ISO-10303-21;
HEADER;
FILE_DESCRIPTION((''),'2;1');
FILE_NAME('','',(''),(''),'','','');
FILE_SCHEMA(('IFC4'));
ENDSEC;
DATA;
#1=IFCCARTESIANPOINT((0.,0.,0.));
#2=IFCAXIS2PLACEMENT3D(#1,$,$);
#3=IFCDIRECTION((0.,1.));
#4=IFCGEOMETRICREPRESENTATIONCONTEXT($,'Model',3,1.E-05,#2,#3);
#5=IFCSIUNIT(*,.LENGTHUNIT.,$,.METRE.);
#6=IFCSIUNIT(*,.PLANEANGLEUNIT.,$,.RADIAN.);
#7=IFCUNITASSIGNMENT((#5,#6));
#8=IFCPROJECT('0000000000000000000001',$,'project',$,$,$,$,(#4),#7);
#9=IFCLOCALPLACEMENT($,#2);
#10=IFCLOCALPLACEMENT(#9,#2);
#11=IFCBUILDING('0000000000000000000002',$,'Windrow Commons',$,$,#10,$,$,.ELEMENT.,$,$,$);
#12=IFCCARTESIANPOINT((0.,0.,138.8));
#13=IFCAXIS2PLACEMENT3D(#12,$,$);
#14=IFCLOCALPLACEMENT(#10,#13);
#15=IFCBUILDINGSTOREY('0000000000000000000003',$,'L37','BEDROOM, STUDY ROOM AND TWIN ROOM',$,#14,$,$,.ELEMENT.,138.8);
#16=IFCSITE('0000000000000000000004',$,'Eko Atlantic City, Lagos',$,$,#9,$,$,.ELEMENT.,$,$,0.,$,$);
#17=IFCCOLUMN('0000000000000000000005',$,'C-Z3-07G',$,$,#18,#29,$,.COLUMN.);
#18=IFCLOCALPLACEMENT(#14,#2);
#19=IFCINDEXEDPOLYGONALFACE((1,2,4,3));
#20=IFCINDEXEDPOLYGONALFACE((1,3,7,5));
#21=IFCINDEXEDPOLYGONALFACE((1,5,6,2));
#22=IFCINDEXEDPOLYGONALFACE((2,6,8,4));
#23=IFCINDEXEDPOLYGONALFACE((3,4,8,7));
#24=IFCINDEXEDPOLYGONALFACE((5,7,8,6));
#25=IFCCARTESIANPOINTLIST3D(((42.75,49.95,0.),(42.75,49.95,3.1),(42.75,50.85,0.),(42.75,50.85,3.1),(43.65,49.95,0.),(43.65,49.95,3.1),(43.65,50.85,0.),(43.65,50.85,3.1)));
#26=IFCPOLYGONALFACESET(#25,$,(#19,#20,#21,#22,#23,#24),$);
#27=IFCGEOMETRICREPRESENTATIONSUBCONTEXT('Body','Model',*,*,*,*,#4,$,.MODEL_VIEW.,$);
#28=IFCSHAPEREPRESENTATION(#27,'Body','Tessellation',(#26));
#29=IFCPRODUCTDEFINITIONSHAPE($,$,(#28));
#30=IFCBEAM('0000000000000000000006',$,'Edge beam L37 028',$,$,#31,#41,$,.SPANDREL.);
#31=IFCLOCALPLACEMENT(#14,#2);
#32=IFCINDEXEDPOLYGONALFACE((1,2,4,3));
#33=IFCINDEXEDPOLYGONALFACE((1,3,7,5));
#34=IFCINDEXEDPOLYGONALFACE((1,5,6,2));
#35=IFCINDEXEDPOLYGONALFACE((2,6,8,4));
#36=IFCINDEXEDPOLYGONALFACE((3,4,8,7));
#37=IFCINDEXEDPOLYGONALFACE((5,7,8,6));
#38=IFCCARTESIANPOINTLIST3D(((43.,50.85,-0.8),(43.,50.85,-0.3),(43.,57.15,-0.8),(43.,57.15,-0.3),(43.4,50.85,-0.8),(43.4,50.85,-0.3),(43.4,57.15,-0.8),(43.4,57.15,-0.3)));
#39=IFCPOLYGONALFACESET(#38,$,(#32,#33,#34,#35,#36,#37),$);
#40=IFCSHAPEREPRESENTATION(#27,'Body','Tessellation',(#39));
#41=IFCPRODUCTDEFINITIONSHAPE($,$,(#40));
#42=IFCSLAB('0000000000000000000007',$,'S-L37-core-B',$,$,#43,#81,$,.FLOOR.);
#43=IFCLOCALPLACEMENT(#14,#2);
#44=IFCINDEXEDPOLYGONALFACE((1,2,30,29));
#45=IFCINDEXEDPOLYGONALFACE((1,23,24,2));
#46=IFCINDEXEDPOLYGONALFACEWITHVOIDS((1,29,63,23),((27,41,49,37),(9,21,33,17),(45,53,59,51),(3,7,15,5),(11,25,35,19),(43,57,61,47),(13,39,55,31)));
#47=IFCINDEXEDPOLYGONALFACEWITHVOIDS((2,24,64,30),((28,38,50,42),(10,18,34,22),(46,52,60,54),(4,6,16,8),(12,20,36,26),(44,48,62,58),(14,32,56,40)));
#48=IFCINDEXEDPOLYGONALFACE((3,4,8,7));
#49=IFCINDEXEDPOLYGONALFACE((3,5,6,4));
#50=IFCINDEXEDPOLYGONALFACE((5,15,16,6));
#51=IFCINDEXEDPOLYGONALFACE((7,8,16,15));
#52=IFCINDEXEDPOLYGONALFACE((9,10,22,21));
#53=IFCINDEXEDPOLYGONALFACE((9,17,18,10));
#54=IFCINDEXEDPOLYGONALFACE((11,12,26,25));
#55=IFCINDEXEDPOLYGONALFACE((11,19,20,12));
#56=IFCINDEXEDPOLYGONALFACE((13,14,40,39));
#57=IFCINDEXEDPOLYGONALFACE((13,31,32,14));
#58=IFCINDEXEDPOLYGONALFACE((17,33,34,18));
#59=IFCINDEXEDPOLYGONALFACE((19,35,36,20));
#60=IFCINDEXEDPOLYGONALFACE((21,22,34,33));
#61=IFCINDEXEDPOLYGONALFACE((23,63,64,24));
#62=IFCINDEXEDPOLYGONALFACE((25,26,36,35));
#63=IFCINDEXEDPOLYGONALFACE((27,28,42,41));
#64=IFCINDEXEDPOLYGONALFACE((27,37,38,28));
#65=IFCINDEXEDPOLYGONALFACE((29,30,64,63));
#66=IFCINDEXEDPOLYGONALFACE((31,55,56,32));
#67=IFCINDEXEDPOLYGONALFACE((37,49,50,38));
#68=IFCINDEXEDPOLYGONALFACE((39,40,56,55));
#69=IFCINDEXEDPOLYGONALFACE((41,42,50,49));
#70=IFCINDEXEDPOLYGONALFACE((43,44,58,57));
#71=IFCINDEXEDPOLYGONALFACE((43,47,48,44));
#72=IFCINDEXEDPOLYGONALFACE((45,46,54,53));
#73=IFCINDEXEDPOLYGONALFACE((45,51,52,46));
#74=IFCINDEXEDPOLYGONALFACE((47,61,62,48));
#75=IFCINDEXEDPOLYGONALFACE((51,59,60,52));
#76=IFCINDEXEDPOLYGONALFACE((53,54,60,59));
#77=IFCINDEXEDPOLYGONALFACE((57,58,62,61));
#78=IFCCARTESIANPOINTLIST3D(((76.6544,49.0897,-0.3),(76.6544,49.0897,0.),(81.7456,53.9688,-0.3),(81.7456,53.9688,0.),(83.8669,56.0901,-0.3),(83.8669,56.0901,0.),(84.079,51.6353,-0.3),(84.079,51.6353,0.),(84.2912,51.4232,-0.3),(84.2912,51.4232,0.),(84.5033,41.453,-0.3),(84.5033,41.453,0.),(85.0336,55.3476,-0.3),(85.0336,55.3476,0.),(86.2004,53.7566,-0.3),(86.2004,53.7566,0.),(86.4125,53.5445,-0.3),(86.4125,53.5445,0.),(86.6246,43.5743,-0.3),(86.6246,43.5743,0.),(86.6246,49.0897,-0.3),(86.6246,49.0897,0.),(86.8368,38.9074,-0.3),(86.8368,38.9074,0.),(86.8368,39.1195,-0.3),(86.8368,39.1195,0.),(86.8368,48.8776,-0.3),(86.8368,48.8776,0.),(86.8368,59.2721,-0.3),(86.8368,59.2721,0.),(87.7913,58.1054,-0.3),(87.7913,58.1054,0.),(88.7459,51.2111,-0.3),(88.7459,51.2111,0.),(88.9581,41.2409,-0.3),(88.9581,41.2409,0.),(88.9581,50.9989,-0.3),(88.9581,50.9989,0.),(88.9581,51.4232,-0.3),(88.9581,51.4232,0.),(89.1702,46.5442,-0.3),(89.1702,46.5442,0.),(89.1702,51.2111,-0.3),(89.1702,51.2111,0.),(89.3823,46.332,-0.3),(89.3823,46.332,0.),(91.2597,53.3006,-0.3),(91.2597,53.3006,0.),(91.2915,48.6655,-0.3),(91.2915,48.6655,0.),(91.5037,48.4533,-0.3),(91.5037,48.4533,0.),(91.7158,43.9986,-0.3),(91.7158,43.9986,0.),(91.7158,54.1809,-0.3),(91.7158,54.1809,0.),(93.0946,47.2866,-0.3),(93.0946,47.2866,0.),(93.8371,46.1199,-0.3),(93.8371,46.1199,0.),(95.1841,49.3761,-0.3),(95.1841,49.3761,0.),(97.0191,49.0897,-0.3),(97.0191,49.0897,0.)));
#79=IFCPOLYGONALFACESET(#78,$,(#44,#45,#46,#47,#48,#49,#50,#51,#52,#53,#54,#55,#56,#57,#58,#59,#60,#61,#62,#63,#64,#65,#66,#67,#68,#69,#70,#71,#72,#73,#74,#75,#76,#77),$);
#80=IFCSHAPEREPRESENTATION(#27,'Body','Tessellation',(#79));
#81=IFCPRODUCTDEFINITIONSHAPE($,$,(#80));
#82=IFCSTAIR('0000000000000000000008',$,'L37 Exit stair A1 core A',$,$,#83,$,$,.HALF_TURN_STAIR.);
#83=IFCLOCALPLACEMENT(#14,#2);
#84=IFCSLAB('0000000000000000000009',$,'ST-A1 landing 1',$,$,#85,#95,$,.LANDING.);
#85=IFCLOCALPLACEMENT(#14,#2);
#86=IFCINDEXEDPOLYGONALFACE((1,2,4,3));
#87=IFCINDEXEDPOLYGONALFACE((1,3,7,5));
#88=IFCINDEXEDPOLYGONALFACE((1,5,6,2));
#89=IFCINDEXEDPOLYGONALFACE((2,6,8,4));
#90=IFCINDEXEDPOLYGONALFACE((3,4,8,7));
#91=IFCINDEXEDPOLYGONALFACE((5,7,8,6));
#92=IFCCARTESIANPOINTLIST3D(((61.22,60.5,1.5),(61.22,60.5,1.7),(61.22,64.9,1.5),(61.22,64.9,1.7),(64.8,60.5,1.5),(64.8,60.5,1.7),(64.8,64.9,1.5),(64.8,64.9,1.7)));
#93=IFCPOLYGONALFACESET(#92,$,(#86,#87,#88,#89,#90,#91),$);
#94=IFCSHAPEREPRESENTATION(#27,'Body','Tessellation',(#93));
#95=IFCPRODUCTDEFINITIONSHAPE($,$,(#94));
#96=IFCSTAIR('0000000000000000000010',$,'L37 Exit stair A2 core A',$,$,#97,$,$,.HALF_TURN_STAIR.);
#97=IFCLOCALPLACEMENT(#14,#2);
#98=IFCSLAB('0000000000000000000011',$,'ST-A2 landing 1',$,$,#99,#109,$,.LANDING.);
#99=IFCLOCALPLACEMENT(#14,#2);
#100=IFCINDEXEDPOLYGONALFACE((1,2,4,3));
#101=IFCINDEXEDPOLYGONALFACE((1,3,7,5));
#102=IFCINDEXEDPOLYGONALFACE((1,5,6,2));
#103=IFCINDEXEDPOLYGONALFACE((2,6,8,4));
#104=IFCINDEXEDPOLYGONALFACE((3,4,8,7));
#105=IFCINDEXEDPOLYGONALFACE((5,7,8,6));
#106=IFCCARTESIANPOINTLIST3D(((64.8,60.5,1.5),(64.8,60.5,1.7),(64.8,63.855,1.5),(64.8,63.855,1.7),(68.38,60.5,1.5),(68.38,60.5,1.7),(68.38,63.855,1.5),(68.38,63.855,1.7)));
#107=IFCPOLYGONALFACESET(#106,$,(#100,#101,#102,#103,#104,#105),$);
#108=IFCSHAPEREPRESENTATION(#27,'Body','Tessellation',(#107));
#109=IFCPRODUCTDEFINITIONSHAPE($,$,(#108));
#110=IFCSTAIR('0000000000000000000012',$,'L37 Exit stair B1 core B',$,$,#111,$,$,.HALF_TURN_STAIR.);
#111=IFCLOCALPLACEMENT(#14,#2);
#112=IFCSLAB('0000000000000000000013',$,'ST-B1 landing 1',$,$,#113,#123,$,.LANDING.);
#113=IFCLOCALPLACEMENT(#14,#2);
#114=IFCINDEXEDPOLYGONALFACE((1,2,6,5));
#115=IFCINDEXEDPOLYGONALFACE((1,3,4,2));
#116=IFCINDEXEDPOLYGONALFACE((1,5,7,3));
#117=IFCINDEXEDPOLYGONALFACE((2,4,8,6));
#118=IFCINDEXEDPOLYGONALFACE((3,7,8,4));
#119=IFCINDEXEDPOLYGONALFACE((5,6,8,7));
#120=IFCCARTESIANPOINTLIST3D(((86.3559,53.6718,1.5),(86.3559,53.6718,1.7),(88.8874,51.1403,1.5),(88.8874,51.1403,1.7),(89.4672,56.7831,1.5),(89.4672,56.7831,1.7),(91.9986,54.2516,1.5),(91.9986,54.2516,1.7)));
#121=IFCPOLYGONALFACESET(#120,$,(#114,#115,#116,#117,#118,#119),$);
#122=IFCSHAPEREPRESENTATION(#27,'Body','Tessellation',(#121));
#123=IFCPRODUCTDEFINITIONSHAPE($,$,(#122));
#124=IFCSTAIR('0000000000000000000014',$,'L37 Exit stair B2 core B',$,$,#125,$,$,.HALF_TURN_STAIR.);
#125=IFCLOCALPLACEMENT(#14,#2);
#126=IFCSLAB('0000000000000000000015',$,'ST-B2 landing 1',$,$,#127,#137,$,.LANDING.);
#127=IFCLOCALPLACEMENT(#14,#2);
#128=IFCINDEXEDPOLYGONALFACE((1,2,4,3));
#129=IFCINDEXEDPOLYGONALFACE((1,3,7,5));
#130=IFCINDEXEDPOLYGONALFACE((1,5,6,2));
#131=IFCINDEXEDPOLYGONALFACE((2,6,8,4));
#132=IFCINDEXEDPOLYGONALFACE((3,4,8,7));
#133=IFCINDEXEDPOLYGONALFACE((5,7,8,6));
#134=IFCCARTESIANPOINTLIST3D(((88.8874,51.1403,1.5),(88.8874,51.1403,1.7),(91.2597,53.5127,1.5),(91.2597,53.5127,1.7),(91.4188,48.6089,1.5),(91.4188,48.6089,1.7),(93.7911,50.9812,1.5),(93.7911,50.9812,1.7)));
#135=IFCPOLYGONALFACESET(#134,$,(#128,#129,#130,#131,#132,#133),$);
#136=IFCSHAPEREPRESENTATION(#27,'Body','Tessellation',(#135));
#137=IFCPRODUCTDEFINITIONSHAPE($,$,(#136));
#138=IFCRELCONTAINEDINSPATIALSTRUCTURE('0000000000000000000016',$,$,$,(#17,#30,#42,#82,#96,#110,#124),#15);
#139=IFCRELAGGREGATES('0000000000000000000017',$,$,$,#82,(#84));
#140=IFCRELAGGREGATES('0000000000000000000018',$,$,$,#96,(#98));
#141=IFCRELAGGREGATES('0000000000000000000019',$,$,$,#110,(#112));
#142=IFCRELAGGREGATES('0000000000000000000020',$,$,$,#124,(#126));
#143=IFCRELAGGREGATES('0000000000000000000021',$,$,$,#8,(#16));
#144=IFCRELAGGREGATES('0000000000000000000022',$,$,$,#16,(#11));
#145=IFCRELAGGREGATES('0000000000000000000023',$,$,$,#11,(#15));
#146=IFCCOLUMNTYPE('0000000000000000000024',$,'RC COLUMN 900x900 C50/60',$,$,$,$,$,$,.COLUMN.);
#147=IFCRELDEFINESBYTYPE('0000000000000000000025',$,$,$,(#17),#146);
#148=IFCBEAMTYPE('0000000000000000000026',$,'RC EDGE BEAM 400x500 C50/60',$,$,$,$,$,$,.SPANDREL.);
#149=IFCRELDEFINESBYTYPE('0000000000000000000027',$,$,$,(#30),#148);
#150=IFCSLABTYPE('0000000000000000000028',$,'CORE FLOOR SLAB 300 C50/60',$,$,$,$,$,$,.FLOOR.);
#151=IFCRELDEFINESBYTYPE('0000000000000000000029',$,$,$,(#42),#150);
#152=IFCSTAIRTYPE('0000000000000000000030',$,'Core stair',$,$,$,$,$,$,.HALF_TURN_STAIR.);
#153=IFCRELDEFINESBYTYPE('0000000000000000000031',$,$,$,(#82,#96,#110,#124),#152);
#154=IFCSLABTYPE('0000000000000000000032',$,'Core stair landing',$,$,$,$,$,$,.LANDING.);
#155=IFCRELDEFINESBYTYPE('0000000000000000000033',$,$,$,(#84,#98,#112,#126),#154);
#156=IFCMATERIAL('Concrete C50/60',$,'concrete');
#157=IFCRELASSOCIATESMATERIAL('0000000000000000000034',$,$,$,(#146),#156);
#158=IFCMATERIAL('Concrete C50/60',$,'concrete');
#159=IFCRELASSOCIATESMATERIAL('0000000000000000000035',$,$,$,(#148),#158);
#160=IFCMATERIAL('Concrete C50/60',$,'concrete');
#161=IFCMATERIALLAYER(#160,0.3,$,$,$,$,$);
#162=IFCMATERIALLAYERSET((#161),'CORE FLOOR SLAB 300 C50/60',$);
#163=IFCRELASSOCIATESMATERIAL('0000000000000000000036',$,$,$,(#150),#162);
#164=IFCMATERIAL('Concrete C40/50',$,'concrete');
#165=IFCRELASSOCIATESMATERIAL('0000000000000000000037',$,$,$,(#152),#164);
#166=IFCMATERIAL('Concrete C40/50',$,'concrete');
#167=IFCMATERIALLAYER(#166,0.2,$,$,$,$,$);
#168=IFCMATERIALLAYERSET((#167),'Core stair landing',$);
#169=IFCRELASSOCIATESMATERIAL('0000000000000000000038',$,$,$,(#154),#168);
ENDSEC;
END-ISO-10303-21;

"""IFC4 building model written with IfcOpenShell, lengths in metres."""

from ifc_helpers import new_model, si_unit, direction, frame, origin, origin_2d, place, context, subcontext, project, spatial, polyline, rectangle, outline, extrude, material, layer, layer_set, material_profile, profile_set, type_object, element, aggregate, save


model = new_model("IFC4")

# Units and contexts
model_context = context("Model", 3, precision=1e-05, world=origin(), true_north=direction((0.0, 1.0)))
body_context = subcontext(model_context, "Body", "Model", "MODEL_VIEW")
ifc_project = project(units=[si_unit("LENGTHUNIT", "METRE"), si_unit("PLANEANGLEUNIT", "RADIAN")], contexts=[model_context])

# Site, building, storey
site_placement = place(None, origin())
site = spatial("IfcSite", under=ifc_project, at=site_placement, Name="Eko Atlantic City, Lagos", CompositionType="ELEMENT", RefElevation=0.0)
building_placement = place(site_placement, origin())
building = spatial("IfcBuilding", under=site, at=building_placement, Name="Windrow Commons", CompositionType="ELEMENT")
storey_placement = place(building_placement, frame((0.0, 0.0, 138.8)))
storey = spatial("IfcBuildingStorey", under=building, at=storey_placement, Name="L37", Description="BEDROOM, STUDY ROOM AND TWIN ROOM", CompositionType="ELEMENT", Elevation=138.8)

# Column
ifc_material_1 = material(Name="Concrete C50/60", Category="concrete")
ifc_material_profile_1 = material_profile(ifc_material_1, rectangle(XDim=0.9, YDim=0.9, at=origin_2d()))
ifc_profile_set_1 = profile_set([ifc_material_profile_1], Name="Concrete C50/60")
column_type = type_object("IfcColumnType", Name="RC COLUMN 900x900 C50/60", PredefinedType="COLUMN", material=ifc_profile_set_1)
column_placement = place(storey_placement, frame((43.2, 50.4, 0.0), z_axis=(0.0, 0.0, 1.0), x_axis=(1.0, 0.0, 0.0)))
element("IfcColumn", 1, at=column_placement, inside=storey, type_object=column_type, Name="C-Z3-07G", PredefinedType="COLUMN", context=body_context, shape_type="SweptSolid", body=[
    extrude(rectangle(XDim=0.9, YDim=0.9, at=origin_2d()), origin(), (0.0, 0.0, 1.0), 3.1),
])

# Beam
ifc_material_2 = material(Name="Concrete C50/60", Category="concrete")
ifc_material_profile_2 = material_profile(ifc_material_2, rectangle(XDim=0.4, YDim=0.5, at=origin_2d()))
ifc_profile_set_2 = profile_set([ifc_material_profile_2], Name="Concrete C50/60")
beam_type = type_object("IfcBeamType", Name="RC EDGE BEAM 400x500 C50/60", PredefinedType="SPANDREL", material=ifc_profile_set_2)
beam_placement = place(storey_placement, frame((43.2, 50.85, -0.55), z_axis=(0.0, 1.0, 0.0), x_axis=(-1.0, 0.0, 0.0)))
element("IfcBeam", 2, at=beam_placement, inside=storey, type_object=beam_type, Name="Edge beam L37 028", PredefinedType="SPANDREL", context=body_context, shape_type="SweptSolid", body=[
    extrude(rectangle(XDim=0.4, YDim=0.5, at=origin_2d()), origin(), (0.0, 0.0, 1.0), 6.3),
])

# Slab, openings
ifc_material_3 = material(Name="Concrete C50/60", Category="concrete")
ifc_layer_1 = layer(ifc_material_3, 0.3)
ifc_layer_set_1 = layer_set([ifc_layer_1], Name="CORE FLOOR SLAB 300 C50/60")
slab_type_1 = type_object("IfcSlabType", Name="CORE FLOOR SLAB 300 C50/60", PredefinedType="FLOOR", material=ifc_layer_set_1)
placement_1 = place(storey_placement, frame((0.0, 0.0, -0.3)))
slab_1 = element("IfcSlab", 3, at=placement_1, inside=storey, type_object=slab_type_1, Name="S-L37-core-B", PredefinedType="FLOOR", context=body_context, shape_type="SweptSolid", body=[
    extrude(outline(polyline([(76.6544, 49.0897), (86.8368, 38.9074), (97.0191, 49.0897), (86.8368, 59.2721), (76.6544, 49.0897)]), holes=[polyline([(84.5033, 41.453), (86.8368, 39.1195), (88.9581, 41.2409), (86.6246, 43.5743), (84.5033, 41.453)]), polyline([(81.7456, 53.9688), (84.079, 51.6353), (86.2004, 53.7566), (83.8669, 56.0901), (81.7456, 53.9688)]), polyline([(84.2912, 51.4232), (86.6246, 49.0897), (88.7459, 51.2111), (86.4125, 53.5445), (84.2912, 51.4232)]), polyline([(86.8368, 48.8776), (89.1702, 46.5442), (91.2915, 48.6655), (88.9581, 50.9989), (86.8368, 48.8776)]), polyline([(89.3823, 46.332), (91.7158, 43.9986), (93.8371, 46.1199), (91.5037, 48.4533), (89.3823, 46.332)]), polyline([(85.0336, 55.3476), (88.9581, 51.4232), (91.7158, 54.1809), (87.7913, 58.1054), (85.0336, 55.3476)]), polyline([(89.1702, 51.2111), (93.0946, 47.2866), (95.1841, 49.3761), (91.2597, 53.3006), (89.1702, 51.2111)])]), origin(), (0.0, 0.0, 1.0), 0.3),
])
opening_1_placement = place(placement_1, origin())
element("IfcOpeningElement", 4, at=opening_1_placement, cuts=slab_1, PredefinedType="OPENING", context=body_context, shape_type="SweptSolid", body=[
    extrude(outline(polyline([(84.5104, 41.453), (86.6246, 43.5672), (88.951, 41.2409), (86.8368, 39.1266), (84.5104, 41.453)])), origin(), (0.0, 0.0, 1.0), 0.3),
])
opening_2_placement = place(placement_1, origin())
element("IfcOpeningElement", 5, at=opening_2_placement, cuts=slab_1, PredefinedType="OPENING", context=body_context, shape_type="SweptSolid", body=[
    extrude(outline(polyline([(81.7527, 53.9688), (83.8669, 56.083), (86.1933, 53.7566), (84.079, 51.6424), (81.7527, 53.9688)])), origin(), (0.0, 0.0, 1.0), 0.3),
])
opening_3_placement = place(placement_1, origin())
element("IfcOpeningElement", 6, at=opening_3_placement, cuts=slab_1, PredefinedType="OPENING", context=body_context, shape_type="SweptSolid", body=[
    extrude(outline(polyline([(84.2983, 51.4232), (86.4125, 53.5374), (88.7388, 51.2111), (86.6246, 49.0968), (84.2983, 51.4232)])), origin(), (0.0, 0.0, 1.0), 0.3),
])
opening_4_placement = place(placement_1, origin())
element("IfcOpeningElement", 7, at=opening_4_placement, cuts=slab_1, PredefinedType="OPENING", context=body_context, shape_type="SweptSolid", body=[
    extrude(outline(polyline([(86.8439, 48.8776), (88.9581, 50.9918), (91.2844, 48.6655), (89.1702, 46.5513), (86.8439, 48.8776)])), origin(), (0.0, 0.0, 1.0), 0.3),
])
opening_5_placement = place(placement_1, origin())
element("IfcOpeningElement", 8, at=opening_5_placement, cuts=slab_1, PredefinedType="OPENING", context=body_context, shape_type="SweptSolid", body=[
    extrude(outline(polyline([(89.3894, 46.332), (91.5037, 48.4462), (93.83, 46.1199), (91.7158, 44.0057), (89.3894, 46.332)])), origin(), (0.0, 0.0, 1.0), 0.3),
])
opening_6_placement = place(placement_1, origin())
element("IfcOpeningElement", 9, at=opening_6_placement, cuts=slab_1, PredefinedType="OPENING", context=body_context, shape_type="SweptSolid", body=[
    extrude(outline(polyline([(85.0407, 55.3476), (87.7913, 58.0983), (91.7087, 54.1809), (88.9581, 51.4303), (85.0407, 55.3476)])), origin(), (0.0, 0.0, 1.0), 0.3),
])
opening_7_placement = place(placement_1, origin())
element("IfcOpeningElement", 10, at=opening_7_placement, cuts=slab_1, PredefinedType="OPENING", context=body_context, shape_type="SweptSolid", body=[
    extrude(outline(polyline([(89.1773, 51.2111), (91.2597, 53.2935), (95.177, 49.3761), (93.0946, 47.2937), (89.1773, 51.2111)])), origin(), (0.0, 0.0, 1.0), 0.3),
])

# Stairs, slabs
ifc_material_4 = material(Name="Concrete C40/50", Category="concrete")
stair_type = type_object("IfcStairType", Name="Core stair", PredefinedType="HALF_TURN_STAIR", material=ifc_material_4)
placement_2 = place(storey_placement, origin())
stair_1 = element("IfcStair", 11, at=placement_2, inside=storey, type_object=stair_type, Name="L37 Exit stair A1 core A", PredefinedType="HALF_TURN_STAIR")
ifc_material_5 = material(Name="Concrete C40/50", Category="concrete")
ifc_layer_2 = layer(ifc_material_5, 0.2)
ifc_layer_set_2 = layer_set([ifc_layer_2], Name="Core stair landing")
slab_type_2 = type_object("IfcSlabType", Name="Core stair landing", PredefinedType="LANDING", material=ifc_layer_set_2)
placement_3 = place(storey_placement, frame((0.0, 0.0, 1.5)))
slab_2 = element("IfcSlab", 12, at=placement_3, type_object=slab_type_2, Name="ST-A1 landing 1", PredefinedType="LANDING", context=body_context, shape_type="SweptSolid", body=[
    extrude(outline(polyline([(61.22, 60.5), (64.8, 60.5), (64.8, 64.9), (61.22, 64.9), (61.22, 60.5)])), origin(), (0.0, 0.0, 1.0), 0.2),
])
aggregate(stair_1, [slab_2])
stair_2 = element("IfcStair", 13, at=placement_2, inside=storey, type_object=stair_type, Name="L37 Exit stair A2 core A", PredefinedType="HALF_TURN_STAIR")
slab_3 = element("IfcSlab", 14, at=placement_3, type_object=slab_type_2, Name="ST-A2 landing 1", PredefinedType="LANDING", context=body_context, shape_type="SweptSolid", body=[
    extrude(outline(polyline([(64.8, 60.5), (68.38, 60.5), (68.38, 63.855), (64.8, 63.855), (64.8, 60.5)])), origin(), (0.0, 0.0, 1.0), 0.2),
])
aggregate(stair_2, [slab_3])
stair_3 = element("IfcStair", 15, at=placement_2, inside=storey, type_object=stair_type, Name="L37 Exit stair B1 core B", PredefinedType="HALF_TURN_STAIR")
slab_4 = element("IfcSlab", 16, at=placement_3, type_object=slab_type_2, Name="ST-B1 landing 1", PredefinedType="LANDING", context=body_context, shape_type="SweptSolid", body=[
    extrude(outline(polyline([(86.3559, 53.6718), (88.8874, 51.1403), (91.9986, 54.2516), (89.4672, 56.7831), (86.3559, 53.6718)])), origin(), (0.0, 0.0, 1.0), 0.2),
])
aggregate(stair_3, [slab_4])
stair_4 = element("IfcStair", 17, at=placement_2, inside=storey, type_object=stair_type, Name="L37 Exit stair B2 core B", PredefinedType="HALF_TURN_STAIR")
slab_5 = element("IfcSlab", 18, at=placement_3, type_object=slab_type_2, Name="ST-B2 landing 1", PredefinedType="LANDING", context=body_context, shape_type="SweptSolid", body=[
    extrude(outline(polyline([(88.8874, 51.1403), (91.4188, 48.6089), (93.7911, 50.9812), (91.2597, 53.5127), (88.8874, 51.1403)])), origin(), (0.0, 0.0, 1.0), 0.2),
])
aggregate(stair_4, [slab_5])

save(model, "model.ifc")
